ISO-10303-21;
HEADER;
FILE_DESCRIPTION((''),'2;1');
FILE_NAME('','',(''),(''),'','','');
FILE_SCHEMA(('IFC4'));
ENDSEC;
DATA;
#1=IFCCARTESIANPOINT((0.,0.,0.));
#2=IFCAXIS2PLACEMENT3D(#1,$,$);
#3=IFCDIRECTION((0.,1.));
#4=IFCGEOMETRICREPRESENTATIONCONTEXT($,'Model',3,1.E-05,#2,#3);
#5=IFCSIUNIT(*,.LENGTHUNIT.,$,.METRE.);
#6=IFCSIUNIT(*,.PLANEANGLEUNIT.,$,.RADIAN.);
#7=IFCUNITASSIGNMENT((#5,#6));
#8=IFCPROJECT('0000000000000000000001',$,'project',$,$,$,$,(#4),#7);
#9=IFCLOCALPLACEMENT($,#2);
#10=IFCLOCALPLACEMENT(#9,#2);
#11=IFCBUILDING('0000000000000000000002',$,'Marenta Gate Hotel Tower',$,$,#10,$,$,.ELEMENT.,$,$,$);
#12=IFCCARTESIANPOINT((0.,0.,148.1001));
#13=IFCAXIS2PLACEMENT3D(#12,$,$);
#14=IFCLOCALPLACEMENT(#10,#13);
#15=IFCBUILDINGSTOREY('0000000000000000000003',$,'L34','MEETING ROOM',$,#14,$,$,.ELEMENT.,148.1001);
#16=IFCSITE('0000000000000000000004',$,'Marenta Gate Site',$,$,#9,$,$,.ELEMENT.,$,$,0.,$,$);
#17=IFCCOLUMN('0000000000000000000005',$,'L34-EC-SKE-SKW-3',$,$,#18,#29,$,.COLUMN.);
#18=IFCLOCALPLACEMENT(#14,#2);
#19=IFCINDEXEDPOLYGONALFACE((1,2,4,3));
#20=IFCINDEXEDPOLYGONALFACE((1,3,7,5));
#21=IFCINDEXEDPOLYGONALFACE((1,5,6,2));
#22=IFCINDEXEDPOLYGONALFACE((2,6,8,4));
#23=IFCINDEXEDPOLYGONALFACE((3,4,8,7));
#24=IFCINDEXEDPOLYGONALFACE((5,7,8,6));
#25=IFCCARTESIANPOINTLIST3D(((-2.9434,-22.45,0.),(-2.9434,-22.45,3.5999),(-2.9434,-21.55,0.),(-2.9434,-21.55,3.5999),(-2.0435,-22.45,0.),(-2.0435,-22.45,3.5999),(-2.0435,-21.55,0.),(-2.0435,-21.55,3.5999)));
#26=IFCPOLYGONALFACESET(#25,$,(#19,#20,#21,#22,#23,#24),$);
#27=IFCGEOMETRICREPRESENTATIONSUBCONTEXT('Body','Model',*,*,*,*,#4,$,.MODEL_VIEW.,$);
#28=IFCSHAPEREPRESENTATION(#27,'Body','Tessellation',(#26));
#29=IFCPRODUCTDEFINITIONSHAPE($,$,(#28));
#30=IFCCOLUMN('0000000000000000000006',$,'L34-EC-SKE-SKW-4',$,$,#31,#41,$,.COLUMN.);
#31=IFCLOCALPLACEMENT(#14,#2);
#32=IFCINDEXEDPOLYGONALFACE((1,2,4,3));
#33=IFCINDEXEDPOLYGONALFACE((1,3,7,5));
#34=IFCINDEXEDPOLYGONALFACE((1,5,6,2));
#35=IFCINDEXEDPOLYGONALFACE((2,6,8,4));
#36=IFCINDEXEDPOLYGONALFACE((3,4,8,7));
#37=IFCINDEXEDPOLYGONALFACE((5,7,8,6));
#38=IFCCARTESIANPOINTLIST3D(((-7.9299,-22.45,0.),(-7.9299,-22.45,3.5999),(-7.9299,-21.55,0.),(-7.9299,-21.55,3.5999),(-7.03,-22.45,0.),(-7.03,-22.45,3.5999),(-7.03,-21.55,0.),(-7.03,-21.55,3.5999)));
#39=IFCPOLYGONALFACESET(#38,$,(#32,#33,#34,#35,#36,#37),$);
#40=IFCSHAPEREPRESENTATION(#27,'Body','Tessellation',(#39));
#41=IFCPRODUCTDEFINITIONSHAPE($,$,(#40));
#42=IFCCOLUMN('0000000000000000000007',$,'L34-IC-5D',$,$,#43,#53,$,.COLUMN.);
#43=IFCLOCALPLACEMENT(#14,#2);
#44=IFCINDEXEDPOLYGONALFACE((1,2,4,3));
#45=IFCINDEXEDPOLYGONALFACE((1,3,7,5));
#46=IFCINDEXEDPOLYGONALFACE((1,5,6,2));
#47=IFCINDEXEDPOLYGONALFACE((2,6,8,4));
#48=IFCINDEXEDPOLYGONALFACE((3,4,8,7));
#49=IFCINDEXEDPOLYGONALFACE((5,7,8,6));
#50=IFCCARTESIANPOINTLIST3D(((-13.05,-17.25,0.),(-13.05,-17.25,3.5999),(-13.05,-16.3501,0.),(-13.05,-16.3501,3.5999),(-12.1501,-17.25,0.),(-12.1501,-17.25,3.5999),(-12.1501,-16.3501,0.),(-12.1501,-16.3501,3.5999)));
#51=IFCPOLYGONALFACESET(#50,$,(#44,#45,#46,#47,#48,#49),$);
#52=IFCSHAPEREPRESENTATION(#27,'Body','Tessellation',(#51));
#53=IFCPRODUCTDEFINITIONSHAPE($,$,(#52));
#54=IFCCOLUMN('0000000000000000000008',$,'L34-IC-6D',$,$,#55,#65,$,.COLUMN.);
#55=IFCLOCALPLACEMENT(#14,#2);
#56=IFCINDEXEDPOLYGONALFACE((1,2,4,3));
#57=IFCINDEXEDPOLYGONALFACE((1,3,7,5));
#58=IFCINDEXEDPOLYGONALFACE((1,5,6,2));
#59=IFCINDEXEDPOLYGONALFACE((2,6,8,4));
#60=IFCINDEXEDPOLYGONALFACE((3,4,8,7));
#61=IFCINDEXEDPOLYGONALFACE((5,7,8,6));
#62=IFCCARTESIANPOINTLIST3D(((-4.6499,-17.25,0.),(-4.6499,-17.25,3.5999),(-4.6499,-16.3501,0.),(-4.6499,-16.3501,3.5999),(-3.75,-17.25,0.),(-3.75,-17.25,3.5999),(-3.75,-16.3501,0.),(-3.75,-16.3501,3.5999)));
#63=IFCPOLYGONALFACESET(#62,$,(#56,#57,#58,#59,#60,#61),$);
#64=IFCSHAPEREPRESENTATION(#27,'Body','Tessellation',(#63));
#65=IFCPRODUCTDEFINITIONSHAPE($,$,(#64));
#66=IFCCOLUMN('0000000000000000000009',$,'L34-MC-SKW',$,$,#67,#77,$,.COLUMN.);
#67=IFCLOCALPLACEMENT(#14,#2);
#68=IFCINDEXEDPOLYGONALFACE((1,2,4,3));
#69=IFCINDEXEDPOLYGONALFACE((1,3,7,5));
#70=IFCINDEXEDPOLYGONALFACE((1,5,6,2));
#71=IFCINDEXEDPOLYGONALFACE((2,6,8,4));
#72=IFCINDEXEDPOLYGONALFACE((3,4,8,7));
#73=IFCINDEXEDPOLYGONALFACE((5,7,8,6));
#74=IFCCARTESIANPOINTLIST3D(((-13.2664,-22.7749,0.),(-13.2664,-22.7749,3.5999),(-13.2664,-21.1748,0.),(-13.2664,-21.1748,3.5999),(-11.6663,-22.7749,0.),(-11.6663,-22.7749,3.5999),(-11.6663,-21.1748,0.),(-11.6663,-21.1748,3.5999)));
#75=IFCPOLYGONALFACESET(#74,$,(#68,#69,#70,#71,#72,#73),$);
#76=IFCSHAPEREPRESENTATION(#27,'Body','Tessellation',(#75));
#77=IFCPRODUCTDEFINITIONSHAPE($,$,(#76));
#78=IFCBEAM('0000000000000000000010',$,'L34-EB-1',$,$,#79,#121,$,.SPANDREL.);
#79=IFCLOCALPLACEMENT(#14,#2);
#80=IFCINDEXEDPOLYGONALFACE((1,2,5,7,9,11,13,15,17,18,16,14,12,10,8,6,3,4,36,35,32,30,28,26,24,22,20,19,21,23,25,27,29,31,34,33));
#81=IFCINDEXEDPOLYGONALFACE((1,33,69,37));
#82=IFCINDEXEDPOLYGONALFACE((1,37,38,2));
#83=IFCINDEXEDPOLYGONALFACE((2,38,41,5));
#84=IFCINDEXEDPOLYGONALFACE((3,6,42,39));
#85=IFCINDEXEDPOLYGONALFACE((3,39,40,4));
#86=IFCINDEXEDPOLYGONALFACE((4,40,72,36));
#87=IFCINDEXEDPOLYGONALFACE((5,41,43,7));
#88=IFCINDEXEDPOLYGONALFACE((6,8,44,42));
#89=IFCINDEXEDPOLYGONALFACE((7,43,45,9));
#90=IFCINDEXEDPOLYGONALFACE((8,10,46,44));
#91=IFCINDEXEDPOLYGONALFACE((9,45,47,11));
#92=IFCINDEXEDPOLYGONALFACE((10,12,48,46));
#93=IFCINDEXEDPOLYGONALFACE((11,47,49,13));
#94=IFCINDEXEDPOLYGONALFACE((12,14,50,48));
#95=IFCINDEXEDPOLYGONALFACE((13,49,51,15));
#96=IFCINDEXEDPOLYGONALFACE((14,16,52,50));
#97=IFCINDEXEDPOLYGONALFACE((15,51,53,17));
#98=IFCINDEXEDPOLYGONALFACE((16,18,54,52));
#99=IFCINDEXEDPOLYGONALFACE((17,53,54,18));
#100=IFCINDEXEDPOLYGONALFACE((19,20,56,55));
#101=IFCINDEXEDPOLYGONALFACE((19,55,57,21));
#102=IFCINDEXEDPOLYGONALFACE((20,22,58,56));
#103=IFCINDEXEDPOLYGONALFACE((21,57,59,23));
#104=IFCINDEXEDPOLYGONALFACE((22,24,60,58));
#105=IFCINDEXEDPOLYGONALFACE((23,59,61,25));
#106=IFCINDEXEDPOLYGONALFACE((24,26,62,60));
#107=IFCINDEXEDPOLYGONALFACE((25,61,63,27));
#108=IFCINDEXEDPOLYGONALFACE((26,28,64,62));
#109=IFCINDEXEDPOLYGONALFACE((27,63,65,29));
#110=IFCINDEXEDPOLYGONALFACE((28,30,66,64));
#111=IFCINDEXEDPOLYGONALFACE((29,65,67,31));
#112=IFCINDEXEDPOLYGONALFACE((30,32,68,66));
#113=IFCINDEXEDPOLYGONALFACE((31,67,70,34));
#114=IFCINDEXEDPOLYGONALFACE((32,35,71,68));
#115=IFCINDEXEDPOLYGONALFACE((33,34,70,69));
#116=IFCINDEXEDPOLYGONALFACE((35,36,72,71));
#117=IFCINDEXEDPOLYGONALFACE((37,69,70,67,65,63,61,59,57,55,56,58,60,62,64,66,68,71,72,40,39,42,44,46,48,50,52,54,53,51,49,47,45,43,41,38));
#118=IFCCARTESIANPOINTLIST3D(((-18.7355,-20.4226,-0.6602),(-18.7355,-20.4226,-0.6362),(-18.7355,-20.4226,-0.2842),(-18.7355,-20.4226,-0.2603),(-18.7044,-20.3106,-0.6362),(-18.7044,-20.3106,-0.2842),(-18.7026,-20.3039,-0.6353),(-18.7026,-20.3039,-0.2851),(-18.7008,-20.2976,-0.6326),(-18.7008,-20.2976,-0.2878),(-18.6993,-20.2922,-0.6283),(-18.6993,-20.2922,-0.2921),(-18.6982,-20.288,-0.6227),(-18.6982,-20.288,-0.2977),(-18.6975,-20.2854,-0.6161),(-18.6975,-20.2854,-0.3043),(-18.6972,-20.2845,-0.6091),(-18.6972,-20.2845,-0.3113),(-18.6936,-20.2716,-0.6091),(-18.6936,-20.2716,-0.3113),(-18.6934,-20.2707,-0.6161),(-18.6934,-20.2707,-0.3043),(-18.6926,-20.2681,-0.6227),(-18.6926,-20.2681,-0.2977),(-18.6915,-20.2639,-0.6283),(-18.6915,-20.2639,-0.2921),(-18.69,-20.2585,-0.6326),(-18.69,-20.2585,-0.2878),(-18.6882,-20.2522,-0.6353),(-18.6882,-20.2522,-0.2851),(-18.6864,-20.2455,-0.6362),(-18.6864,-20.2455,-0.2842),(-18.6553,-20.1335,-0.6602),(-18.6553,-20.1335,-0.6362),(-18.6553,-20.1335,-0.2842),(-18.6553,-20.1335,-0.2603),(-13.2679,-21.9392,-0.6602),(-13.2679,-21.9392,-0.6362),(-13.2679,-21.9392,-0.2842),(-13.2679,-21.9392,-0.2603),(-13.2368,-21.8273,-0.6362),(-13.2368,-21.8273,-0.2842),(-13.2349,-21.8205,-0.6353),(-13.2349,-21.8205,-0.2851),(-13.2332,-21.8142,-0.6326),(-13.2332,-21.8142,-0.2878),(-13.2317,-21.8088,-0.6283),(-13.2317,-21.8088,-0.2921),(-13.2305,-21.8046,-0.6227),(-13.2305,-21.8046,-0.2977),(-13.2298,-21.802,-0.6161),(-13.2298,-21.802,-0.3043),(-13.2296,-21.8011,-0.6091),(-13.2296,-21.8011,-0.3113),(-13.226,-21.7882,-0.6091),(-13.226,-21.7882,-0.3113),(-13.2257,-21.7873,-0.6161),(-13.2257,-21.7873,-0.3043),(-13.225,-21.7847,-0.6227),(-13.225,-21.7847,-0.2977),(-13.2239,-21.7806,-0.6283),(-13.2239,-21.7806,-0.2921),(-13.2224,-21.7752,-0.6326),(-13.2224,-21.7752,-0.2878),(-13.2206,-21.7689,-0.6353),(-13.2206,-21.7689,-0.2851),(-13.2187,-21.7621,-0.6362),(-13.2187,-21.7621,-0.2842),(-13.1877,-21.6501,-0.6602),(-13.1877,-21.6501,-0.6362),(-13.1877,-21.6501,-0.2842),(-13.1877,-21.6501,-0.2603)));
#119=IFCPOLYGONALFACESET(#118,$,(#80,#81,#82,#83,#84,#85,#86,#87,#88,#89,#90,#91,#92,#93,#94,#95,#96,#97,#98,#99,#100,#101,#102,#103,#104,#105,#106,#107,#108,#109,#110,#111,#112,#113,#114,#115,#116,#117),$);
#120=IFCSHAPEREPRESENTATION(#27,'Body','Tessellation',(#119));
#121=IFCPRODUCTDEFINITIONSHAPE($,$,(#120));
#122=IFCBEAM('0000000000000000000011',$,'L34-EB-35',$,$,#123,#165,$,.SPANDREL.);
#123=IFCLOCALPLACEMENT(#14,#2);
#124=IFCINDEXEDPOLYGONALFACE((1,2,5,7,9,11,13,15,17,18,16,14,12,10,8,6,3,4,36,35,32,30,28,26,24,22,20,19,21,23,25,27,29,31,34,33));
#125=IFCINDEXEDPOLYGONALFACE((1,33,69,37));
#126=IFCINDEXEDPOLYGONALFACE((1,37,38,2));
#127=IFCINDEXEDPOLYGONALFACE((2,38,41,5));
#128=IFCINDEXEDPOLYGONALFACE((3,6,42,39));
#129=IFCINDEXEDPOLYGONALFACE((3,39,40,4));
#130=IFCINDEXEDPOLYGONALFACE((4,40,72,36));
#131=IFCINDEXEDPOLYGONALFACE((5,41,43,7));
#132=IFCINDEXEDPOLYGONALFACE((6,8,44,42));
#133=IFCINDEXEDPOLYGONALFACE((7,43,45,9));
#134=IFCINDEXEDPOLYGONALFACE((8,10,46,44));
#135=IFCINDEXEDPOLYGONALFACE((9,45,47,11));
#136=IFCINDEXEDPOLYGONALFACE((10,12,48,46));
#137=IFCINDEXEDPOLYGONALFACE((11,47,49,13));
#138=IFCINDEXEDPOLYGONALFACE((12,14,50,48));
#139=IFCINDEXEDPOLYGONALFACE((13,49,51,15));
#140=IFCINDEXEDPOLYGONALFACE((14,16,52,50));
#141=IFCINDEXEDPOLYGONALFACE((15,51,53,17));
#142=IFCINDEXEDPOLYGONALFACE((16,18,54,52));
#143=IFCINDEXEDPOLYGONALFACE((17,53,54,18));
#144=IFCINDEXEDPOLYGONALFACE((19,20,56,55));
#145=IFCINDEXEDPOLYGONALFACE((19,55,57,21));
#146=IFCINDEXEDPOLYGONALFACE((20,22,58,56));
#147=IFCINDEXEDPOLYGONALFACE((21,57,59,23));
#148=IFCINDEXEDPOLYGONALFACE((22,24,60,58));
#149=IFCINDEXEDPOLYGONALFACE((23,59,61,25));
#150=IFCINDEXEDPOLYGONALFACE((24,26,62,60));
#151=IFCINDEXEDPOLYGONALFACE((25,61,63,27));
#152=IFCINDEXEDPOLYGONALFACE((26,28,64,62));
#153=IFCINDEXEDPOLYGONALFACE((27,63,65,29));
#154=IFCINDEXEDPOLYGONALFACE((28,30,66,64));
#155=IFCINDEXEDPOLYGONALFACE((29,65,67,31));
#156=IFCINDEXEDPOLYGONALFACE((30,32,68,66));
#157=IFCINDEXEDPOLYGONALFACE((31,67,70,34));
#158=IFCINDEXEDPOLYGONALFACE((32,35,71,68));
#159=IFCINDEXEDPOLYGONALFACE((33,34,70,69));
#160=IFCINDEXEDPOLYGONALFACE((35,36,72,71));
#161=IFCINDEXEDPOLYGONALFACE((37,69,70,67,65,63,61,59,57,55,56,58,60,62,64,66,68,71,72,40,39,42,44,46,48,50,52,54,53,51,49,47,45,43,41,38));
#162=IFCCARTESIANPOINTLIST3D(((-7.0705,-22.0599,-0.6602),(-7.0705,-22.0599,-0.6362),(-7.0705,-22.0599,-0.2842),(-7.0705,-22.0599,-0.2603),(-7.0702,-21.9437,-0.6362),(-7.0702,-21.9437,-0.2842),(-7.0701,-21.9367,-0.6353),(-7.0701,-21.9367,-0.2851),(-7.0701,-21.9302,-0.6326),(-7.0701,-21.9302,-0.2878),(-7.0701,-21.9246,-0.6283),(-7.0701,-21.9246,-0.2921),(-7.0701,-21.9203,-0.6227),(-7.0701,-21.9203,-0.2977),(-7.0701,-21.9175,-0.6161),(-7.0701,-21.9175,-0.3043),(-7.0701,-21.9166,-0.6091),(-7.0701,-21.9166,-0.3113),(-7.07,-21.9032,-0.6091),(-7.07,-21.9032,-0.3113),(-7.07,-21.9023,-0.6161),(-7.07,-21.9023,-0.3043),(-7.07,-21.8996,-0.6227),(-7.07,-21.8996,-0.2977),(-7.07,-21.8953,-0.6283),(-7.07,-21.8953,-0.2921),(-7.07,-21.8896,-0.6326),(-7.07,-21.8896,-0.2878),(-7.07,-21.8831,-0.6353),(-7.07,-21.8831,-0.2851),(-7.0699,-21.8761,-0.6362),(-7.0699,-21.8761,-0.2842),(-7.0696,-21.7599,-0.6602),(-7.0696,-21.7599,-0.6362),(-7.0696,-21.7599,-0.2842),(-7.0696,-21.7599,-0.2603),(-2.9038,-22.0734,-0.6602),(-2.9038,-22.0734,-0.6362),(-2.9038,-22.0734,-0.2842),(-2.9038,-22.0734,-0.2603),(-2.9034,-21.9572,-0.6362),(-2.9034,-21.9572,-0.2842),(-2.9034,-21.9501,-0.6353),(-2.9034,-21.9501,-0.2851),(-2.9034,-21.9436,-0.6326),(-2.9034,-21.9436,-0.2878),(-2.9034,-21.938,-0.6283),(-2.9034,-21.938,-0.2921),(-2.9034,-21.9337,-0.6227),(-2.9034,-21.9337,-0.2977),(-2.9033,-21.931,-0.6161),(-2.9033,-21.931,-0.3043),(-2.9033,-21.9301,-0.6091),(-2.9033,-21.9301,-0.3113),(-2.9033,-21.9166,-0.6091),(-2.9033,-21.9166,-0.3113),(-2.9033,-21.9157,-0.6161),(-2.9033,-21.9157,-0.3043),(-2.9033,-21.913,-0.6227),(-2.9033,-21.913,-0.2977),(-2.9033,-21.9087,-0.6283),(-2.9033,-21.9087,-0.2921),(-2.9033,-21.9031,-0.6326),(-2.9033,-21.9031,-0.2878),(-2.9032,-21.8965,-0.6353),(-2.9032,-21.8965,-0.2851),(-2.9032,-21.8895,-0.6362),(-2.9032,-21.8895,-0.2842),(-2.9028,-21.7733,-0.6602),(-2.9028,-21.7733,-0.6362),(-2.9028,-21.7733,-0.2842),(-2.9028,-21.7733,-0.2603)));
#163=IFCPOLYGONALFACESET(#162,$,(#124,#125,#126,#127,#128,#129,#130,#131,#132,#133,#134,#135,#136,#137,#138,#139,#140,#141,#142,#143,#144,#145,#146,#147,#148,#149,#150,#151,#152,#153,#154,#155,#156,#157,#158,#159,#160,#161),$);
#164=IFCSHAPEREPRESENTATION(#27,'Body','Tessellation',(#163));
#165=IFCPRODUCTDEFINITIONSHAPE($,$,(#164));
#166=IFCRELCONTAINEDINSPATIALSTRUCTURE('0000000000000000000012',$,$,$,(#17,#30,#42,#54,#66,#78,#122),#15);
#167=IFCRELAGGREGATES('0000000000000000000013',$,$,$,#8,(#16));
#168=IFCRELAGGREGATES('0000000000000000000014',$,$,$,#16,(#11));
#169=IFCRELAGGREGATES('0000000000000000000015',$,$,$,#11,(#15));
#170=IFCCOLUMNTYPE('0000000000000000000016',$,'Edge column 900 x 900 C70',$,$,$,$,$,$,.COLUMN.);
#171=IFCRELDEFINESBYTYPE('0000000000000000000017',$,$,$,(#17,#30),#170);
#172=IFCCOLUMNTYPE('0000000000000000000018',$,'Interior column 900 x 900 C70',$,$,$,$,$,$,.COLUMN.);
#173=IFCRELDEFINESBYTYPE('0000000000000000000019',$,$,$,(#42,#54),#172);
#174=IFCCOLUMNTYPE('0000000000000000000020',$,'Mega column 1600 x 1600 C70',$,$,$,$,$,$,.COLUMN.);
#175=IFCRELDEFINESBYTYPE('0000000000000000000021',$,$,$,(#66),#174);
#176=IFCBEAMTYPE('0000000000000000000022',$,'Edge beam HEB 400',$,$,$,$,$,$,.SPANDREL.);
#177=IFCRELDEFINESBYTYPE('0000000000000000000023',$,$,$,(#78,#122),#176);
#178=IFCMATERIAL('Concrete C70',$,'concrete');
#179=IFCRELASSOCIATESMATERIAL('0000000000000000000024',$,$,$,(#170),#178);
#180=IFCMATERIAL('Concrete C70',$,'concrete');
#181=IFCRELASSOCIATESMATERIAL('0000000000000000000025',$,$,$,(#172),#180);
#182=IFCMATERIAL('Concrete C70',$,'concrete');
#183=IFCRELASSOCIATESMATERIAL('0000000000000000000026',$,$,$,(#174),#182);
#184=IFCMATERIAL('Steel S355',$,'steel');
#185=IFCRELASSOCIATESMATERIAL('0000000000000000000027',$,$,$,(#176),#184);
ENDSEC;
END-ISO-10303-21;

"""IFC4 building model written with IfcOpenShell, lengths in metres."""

from ifc_helpers import new_model, si_unit, direction, frame, origin, origin_2d, place, context, subcontext, project, spatial, rectangle, i_section, extrude, material, material_profile, profile_set, type_object, element, save


model = new_model("IFC4")

# Units and contexts
model_context = context("Model", 3, precision=1e-05, world=origin(), true_north=direction((0.0, 1.0)))
body_context = subcontext(model_context, "Body", "Model", "MODEL_VIEW")
ifc_project = project(units=[si_unit("LENGTHUNIT", "METRE"), si_unit("PLANEANGLEUNIT", "RADIAN")], contexts=[model_context])

# Site, building, storey
site_placement = place(None, origin())
site = spatial("IfcSite", under=ifc_project, at=site_placement, Name="Marenta Gate Site", CompositionType="ELEMENT", RefElevation=0.0)
building_placement = place(site_placement, origin())
building = spatial("IfcBuilding", under=site, at=building_placement, Name="Marenta Gate Hotel Tower", CompositionType="ELEMENT")
storey_placement = place(building_placement, frame((0.0, 0.0, 148.1001)))
storey = spatial("IfcBuildingStorey", under=building, at=storey_placement, Name="L34", Description="MEETING ROOM", CompositionType="ELEMENT", Elevation=148.1001)

# Columns
ifc_material_1 = material(Name="Concrete C70", Category="concrete")
ifc_material_profile_1 = material_profile(ifc_material_1, rectangle(XDim=0.8999, YDim=0.8999, at=origin_2d()), Name="900 x 900")
ifc_profile_set_1 = profile_set([ifc_material_profile_1], Name="Concrete C70")
column_type_1 = type_object("IfcColumnType", Name="Edge column 900 x 900 C70", PredefinedType="COLUMN", material=ifc_profile_set_1)
for number, where, z_axis, x_axis, name in (
    (1, (-2.4934, -22.0, 0.0), (0.0, 0.0, 1.0), (1.0, 0.0, 0.0), "L34-EC-SKE-SKW-3"),
    (2, (-7.48, -22.0, 0.0), (0.0, 0.0, 1.0), (1.0, 0.0, 0.0), "L34-EC-SKE-SKW-4"),
):
    element("IfcColumn", number, at=place(storey_placement, frame(where, z_axis=z_axis, x_axis=x_axis)), inside=storey, type_object=column_type_1, Name=name, PredefinedType="COLUMN", context=body_context, shape_type="SweptSolid", body=[
        extrude(rectangle(XDim=0.8999, YDim=0.8999, at=origin_2d()), origin(), (0.0, 0.0, 1.0), 3.5999),
    ])
ifc_material_2 = material(Name="Concrete C70", Category="concrete")
ifc_material_profile_2 = material_profile(ifc_material_2, rectangle(XDim=0.8999, YDim=0.8999, at=origin_2d()), Name="900 x 900")
ifc_profile_set_2 = profile_set([ifc_material_profile_2], Name="Concrete C70")
column_type_2 = type_object("IfcColumnType", Name="Interior column 900 x 900 C70", PredefinedType="COLUMN", material=ifc_profile_set_2)
for number, where, z_axis, x_axis, name in (
    (3, (-12.6001, -16.8, 0.0), (0.0, 0.0, 1.0), (1.0, 0.0, 0.0), "L34-IC-5D"),
    (4, (-4.2, -16.8, 0.0), (0.0, 0.0, 1.0), (1.0, 0.0, 0.0), "L34-IC-6D"),
):
    element("IfcColumn", number, at=place(storey_placement, frame(where, z_axis=z_axis, x_axis=x_axis)), inside=storey, type_object=column_type_2, Name=name, PredefinedType="COLUMN", context=body_context, shape_type="SweptSolid", body=[
        extrude(rectangle(XDim=0.8999, YDim=0.8999, at=origin_2d()), origin(), (0.0, 0.0, 1.0), 3.5999),
    ])
ifc_material_3 = material(Name="Concrete C70", Category="concrete")
ifc_material_profile_3 = material_profile(ifc_material_3, rectangle(XDim=1.6001, YDim=1.6001, at=origin_2d()), Name="1600 x 1600")
ifc_profile_set_3 = profile_set([ifc_material_profile_3], Name="Concrete C70")
column_type_3 = type_object("IfcColumnType", Name="Mega column 1600 x 1600 C70", PredefinedType="COLUMN", material=ifc_profile_set_3)
column_placement = place(storey_placement, frame((-12.4663, -21.9749, 0.0), z_axis=(0.0, 0.0, 1.0), x_axis=(1.0, 0.0, 0.0)))
element("IfcColumn", 5, at=column_placement, inside=storey, type_object=column_type_3, Name="L34-MC-SKW", PredefinedType="COLUMN", context=body_context, shape_type="SweptSolid", body=[
    extrude(rectangle(XDim=1.6001, YDim=1.6001, at=origin_2d()), origin(), (0.0, 0.0, 1.0), 3.5999),
])

# Beams
ifc_material_4 = material(Name="Steel S355", Category="steel")
ifc_material_profile_4 = material_profile(ifc_material_4, i_section(OverallWidth=0.3, OverallDepth=0.3999, WebThickness=0.0134, FlangeThickness=0.0239, FilletRadius=0.0271, at=origin_2d()), Name="HEB 400")
ifc_profile_set_4 = profile_set([ifc_material_profile_4], Name="Steel S355")
beam_type_1 = type_object("IfcBeamType", Name="Edge beam HEB 400", PredefinedType="SPANDREL", material=ifc_profile_set_4)
beam_1_placement = place(storey_placement, frame((-13.2278, -21.7947, -0.4602), z_axis=(-0.963616, 0.267291, 0.0), x_axis=(-0.267291, -0.963616, 0.0)))
element("IfcBeam", 6, at=beam_1_placement, inside=storey, type_object=beam_type_1, Name="L34-EB-1", PredefinedType="SPANDREL", context=body_context, shape_type="SweptSolid", body=[
    extrude(i_section(OverallWidth=0.3, OverallDepth=0.3999, WebThickness=0.0134, FlangeThickness=0.0239, FilletRadius=0.0271, at=origin_2d()), origin(), (0.0, 0.0, 1.0), 5.6741),
])
beam_2_placement = place(storey_placement, frame((-2.9033, -21.9233, -0.4602), z_axis=(-0.999995, 0.003223, 0.0), x_axis=(-0.003223, -0.999995, 0.0)))
element("IfcBeam", 7, at=beam_2_placement, inside=storey, type_object=beam_type_1, Name="L34-EB-35", PredefinedType="SPANDREL", context=body_context, shape_type="SweptSolid", body=[
    extrude(i_section(OverallWidth=0.3, OverallDepth=0.3999, WebThickness=0.0134, FlangeThickness=0.0239, FilletRadius=0.0271, at=origin_2d()), origin(), (0.0, 0.0, 1.0), 4.1667),
])

save(model, "model.ifc")
